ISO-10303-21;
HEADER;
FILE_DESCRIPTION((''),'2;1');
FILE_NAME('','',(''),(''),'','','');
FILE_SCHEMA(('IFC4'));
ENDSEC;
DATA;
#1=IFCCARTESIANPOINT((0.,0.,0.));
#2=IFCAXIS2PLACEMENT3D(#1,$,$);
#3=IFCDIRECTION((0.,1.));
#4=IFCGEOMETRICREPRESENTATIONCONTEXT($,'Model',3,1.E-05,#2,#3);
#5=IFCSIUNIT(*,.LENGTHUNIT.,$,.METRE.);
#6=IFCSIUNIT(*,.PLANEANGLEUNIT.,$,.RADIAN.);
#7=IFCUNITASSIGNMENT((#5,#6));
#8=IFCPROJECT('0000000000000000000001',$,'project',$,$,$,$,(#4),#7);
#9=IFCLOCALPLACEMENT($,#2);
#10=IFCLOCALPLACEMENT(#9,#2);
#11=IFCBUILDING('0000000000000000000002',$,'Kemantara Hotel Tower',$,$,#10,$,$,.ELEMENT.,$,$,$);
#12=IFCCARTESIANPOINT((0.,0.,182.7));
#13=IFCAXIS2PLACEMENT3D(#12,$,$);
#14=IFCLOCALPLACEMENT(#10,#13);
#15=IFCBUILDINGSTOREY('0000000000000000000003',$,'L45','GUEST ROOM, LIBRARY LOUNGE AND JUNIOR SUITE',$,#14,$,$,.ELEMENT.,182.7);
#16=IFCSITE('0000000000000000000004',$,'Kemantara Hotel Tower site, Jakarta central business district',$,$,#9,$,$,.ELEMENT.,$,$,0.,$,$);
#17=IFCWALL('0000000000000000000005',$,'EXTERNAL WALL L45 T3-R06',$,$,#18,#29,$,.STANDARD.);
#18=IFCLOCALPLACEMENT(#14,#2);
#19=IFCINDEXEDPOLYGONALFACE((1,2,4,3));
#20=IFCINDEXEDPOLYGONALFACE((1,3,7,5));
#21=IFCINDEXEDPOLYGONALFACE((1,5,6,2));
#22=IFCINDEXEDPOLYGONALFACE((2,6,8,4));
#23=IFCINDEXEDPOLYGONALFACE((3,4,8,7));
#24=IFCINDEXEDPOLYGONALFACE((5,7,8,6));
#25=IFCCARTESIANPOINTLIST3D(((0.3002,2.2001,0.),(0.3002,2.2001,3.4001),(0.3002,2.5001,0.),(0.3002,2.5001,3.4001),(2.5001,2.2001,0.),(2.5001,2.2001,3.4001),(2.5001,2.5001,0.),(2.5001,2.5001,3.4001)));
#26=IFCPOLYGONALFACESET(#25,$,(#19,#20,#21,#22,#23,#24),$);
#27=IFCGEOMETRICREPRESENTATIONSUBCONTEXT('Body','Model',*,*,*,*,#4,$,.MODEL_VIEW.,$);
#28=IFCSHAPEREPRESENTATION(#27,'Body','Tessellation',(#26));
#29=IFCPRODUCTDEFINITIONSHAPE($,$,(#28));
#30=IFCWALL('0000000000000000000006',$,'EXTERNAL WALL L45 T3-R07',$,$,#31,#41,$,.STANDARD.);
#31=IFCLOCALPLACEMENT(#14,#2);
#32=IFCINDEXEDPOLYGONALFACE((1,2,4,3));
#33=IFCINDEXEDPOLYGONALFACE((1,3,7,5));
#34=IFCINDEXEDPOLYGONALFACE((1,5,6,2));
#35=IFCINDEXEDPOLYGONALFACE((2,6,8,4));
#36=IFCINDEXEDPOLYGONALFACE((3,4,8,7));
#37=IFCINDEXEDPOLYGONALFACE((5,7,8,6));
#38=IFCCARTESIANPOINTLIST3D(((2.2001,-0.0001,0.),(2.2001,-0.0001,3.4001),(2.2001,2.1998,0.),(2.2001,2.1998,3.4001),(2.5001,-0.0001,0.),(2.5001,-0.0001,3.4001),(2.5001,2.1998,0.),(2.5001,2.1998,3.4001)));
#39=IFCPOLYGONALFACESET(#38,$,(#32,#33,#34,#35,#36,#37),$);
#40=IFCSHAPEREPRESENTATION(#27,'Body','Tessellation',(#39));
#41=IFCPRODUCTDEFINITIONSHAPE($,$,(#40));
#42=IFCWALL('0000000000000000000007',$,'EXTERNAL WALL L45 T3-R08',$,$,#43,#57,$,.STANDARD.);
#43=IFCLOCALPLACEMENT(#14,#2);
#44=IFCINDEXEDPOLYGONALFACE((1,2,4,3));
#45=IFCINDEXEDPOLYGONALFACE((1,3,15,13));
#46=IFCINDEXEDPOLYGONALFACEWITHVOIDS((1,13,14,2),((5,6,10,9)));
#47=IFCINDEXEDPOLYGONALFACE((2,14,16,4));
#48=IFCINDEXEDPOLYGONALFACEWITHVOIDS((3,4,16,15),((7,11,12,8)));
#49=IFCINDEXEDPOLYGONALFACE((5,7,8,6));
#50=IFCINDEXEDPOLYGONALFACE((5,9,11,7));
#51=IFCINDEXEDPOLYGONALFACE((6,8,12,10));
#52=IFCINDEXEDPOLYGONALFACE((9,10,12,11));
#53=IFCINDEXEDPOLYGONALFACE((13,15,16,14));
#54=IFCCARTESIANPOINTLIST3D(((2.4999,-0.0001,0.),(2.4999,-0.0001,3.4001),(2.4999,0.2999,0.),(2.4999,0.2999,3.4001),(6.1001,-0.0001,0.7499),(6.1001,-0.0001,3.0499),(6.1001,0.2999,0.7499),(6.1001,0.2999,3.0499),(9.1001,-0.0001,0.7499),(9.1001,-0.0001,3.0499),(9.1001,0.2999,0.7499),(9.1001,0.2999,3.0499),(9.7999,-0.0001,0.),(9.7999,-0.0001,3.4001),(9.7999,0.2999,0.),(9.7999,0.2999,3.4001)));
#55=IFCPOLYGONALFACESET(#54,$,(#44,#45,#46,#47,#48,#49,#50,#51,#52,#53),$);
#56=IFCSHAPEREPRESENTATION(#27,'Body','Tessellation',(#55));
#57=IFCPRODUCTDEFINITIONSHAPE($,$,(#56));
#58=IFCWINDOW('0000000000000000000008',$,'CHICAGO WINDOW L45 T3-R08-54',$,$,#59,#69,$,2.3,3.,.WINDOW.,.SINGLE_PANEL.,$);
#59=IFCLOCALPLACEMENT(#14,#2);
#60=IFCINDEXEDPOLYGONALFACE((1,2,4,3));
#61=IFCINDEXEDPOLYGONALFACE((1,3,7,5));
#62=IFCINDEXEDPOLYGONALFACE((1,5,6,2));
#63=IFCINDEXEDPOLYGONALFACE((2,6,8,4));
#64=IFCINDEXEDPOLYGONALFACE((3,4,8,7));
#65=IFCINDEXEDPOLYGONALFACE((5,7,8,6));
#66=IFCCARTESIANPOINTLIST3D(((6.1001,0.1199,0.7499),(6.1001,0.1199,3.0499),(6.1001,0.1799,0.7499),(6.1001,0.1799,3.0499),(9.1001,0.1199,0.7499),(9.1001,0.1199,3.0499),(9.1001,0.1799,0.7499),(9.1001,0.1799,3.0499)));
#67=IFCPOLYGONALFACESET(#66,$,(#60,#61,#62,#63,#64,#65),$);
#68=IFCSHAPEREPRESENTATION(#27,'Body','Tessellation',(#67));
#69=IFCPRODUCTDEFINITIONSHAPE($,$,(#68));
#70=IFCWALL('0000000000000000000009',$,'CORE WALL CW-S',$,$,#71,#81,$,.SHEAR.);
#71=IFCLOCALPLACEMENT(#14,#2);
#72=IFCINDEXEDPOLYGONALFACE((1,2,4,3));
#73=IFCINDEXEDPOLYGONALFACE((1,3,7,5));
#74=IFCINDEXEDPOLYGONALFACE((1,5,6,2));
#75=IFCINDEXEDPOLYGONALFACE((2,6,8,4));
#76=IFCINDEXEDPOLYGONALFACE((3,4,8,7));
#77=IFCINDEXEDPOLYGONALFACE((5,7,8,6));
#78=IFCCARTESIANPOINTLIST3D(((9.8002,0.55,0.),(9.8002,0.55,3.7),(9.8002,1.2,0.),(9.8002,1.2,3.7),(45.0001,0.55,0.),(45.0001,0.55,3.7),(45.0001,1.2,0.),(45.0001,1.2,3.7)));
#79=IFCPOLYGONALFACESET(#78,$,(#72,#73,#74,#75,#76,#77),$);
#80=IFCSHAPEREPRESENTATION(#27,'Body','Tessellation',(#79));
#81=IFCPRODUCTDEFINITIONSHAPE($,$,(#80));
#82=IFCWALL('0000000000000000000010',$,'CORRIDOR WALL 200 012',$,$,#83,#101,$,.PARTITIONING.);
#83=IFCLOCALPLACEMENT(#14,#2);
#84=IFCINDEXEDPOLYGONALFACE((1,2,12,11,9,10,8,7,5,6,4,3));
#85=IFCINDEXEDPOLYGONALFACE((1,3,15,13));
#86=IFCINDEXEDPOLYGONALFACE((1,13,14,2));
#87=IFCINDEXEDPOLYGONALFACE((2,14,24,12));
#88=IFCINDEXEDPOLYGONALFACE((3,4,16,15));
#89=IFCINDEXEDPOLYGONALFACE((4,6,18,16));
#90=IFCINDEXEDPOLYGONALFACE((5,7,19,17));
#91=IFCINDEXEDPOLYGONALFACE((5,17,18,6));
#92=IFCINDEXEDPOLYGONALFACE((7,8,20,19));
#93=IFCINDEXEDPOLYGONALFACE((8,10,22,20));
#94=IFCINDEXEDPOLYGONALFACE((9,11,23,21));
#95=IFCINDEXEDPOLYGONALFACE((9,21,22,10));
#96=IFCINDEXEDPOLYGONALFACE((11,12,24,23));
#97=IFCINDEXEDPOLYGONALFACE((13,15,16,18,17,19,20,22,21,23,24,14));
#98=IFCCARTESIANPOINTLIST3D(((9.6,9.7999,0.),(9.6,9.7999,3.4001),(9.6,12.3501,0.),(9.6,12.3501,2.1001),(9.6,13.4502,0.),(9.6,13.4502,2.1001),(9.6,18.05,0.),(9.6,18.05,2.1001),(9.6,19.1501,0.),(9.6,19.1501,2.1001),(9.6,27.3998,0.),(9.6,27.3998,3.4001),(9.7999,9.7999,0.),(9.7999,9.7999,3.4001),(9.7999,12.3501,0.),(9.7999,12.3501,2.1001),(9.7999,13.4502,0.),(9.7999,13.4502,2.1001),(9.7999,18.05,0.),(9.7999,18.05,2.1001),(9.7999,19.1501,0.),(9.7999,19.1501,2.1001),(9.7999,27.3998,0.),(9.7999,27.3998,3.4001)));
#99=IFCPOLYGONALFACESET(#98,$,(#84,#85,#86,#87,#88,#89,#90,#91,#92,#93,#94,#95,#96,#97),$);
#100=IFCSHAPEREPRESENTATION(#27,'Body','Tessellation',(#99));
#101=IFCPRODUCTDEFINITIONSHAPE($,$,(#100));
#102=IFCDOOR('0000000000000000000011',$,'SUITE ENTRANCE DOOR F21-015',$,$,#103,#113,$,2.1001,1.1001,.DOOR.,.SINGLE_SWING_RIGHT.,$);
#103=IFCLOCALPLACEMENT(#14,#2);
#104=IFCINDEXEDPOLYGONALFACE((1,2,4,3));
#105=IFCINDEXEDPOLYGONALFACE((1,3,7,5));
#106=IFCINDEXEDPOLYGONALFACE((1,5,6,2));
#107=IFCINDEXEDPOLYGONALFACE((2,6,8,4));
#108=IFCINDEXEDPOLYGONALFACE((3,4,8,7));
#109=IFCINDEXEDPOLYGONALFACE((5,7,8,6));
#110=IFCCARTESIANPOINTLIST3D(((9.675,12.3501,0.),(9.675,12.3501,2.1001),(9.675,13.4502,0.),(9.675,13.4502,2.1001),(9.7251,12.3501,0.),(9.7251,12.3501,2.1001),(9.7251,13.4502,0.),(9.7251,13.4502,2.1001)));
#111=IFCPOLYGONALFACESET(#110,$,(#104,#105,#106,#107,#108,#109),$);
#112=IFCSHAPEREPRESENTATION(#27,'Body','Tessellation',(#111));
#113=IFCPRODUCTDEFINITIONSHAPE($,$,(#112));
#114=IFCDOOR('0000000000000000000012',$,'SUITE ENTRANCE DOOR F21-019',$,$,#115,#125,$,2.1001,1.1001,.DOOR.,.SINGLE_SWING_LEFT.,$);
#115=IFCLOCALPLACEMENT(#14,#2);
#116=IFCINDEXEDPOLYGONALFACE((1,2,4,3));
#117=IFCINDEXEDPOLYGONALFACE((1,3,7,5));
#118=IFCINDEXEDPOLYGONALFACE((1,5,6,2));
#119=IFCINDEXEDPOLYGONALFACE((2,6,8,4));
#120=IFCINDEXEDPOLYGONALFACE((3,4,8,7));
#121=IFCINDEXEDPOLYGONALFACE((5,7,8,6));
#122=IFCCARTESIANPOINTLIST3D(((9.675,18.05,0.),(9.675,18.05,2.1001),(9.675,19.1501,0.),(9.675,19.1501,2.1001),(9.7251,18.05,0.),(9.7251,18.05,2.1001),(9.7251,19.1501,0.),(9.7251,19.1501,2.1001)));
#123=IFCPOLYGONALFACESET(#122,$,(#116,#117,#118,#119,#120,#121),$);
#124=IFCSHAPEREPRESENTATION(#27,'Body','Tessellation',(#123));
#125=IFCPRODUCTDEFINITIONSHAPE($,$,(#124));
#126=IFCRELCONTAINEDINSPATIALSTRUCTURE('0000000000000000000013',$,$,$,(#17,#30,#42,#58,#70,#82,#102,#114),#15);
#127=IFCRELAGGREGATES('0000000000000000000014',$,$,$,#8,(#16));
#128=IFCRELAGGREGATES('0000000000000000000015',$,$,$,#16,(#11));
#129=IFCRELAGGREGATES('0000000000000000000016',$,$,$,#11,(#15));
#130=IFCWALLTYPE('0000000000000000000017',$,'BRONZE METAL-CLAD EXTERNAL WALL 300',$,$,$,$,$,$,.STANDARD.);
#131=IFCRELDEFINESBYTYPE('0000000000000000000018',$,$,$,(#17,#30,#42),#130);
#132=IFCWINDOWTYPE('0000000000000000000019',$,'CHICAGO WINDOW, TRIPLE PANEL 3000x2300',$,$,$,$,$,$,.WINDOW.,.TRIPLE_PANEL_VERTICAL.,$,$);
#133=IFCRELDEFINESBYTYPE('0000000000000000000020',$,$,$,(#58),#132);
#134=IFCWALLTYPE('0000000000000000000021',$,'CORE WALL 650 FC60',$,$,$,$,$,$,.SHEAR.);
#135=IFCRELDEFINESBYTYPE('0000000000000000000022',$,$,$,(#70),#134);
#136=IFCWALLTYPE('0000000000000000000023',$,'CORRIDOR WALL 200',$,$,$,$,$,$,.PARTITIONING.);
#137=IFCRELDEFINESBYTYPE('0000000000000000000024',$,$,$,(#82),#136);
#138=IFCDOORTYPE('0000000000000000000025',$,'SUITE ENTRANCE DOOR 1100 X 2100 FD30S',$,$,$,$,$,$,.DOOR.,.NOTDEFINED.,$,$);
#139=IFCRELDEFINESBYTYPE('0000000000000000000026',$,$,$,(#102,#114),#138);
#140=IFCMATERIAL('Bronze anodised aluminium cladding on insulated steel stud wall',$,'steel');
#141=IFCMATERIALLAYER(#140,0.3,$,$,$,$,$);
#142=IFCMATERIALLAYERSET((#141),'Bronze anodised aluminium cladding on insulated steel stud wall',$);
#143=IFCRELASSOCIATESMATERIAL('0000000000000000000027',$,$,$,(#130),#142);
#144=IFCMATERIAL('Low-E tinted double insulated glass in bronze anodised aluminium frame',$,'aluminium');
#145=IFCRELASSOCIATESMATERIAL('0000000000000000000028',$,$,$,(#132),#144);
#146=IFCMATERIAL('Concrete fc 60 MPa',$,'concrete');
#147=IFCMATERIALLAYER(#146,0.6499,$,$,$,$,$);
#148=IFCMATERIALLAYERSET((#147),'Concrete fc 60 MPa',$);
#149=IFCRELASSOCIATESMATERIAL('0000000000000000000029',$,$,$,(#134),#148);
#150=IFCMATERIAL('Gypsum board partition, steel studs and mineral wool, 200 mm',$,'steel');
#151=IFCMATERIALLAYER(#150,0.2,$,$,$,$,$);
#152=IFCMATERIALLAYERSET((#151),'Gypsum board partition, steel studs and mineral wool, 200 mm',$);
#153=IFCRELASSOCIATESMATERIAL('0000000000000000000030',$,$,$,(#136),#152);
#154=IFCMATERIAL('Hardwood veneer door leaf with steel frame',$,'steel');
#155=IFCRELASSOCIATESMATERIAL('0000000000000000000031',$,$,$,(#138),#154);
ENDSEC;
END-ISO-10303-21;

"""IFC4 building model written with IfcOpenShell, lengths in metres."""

from ifc_helpers import new_model, si_unit, direction, frame, frame_2d, origin, place, context, subcontext, project, spatial, rectangle, extrude, material, layer, layer_set, type_object, element, fill, save


model = new_model("IFC4")

# Units and contexts
model_context = context("Model", 3, precision=1e-05, world=origin(), true_north=direction((0.0, 1.0)))
body_context = subcontext(model_context, "Body", "Model", "MODEL_VIEW")
ifc_project = project(units=[si_unit("LENGTHUNIT", "METRE"), si_unit("PLANEANGLEUNIT", "RADIAN")], contexts=[model_context])

# Site, building, storey
site_placement = place(None, origin())
site = spatial("IfcSite", under=ifc_project, at=site_placement, Name="Kemantara Hotel Tower site, Jakarta central business district", CompositionType="ELEMENT", RefElevation=0.0)
building_placement = place(site_placement, origin())
building = spatial("IfcBuilding", under=site, at=building_placement, Name="Kemantara Hotel Tower", CompositionType="ELEMENT")
storey_placement = place(building_placement, frame((0.0, 0.0, 182.7)))
storey = spatial("IfcBuildingStorey", under=building, at=storey_placement, Name="L45", Description="GUEST ROOM, LIBRARY LOUNGE AND JUNIOR SUITE", CompositionType="ELEMENT", Elevation=182.7)

# Shared definitions
ifc_material_1 = material(Name="Concrete fc 60 MPa", Category="concrete")

# Walls
ifc_material_2 = material(Name="Bronze anodised aluminium cladding on insulated steel stud wall", Category="steel")
ifc_layer_1 = layer(ifc_material_2, 0.3)
ifc_layer_set_1 = layer_set([ifc_layer_1], Name="Bronze anodised aluminium cladding on insulated steel stud wall")
wall_type_1 = type_object("IfcWallType", Name="BRONZE METAL-CLAD EXTERNAL WALL 300", PredefinedType="STANDARD", material=ifc_layer_set_1)
for number, where, z_axis, x_axis, name in (
    (1, (0.3, 2.3501, 0.0), (0.0, 0.0, 1.0), (1.0, 0.0, 0.0), "EXTERNAL WALL L45 T3-R06"),
    (2, (2.3501, 2.2, 0.0), (0.0, 0.0, 1.0), (0.0, -1.0, 0.0), "EXTERNAL WALL L45 T3-R07"),
):
    element("IfcWall", number, at=place(storey_placement, frame(where, z_axis=z_axis, x_axis=x_axis)), inside=storey, type_object=wall_type_1, Name=name, PredefinedType="STANDARD", context=body_context, shape_type="SweptSolid", body=[
        extrude(rectangle(XDim=2.2, YDim=0.3, at=frame_2d((1.1001, 0.0))), origin(), (0.0, 0.0, 1.0), 3.4001),
    ])

# Wall, opening, window
wall_1_placement = place(storey_placement, frame((2.5, 0.1499, 0.0), z_axis=(0.0, 0.0, 1.0), x_axis=(1.0, 0.0, 0.0)))
wall_1 = element("IfcWall", 3, at=wall_1_placement, inside=storey, type_object=wall_type_1, Name="EXTERNAL WALL L45 T3-R08", PredefinedType="STANDARD", context=body_context, shape_type="SweptSolid", body=[
    extrude(rectangle(XDim=7.3, YDim=0.3, at=frame_2d((3.6499, 0.0))), origin(), (0.0, 0.0, 1.0), 3.4001),
])
opening_1_placement = place(wall_1_placement, frame((3.6001, 0.0, 0.75)))
opening_1 = element("IfcOpeningElement", 4, at=opening_1_placement, cuts=wall_1, PredefinedType="OPENING", context=body_context, shape_type="SweptSolid", body=[
    extrude(rectangle(XDim=3.0, YDim=2.3, at=frame_2d((1.5, 1.1499))), frame((0.0, 0.1599, 0.0), z_axis=(0.0, -1.0, 0.0), x_axis=(1.0, 0.0, 0.0)), (0.0, 0.0, 1.0), 0.3201),
])
ifc_material_3 = material(Name="Low-E tinted double insulated glass in bronze anodised aluminium frame", Category="aluminium")
window_type = type_object("IfcWindowType", Name="CHICAGO WINDOW, TRIPLE PANEL 3000x2300", PartitioningType="TRIPLE_PANEL_VERTICAL", PredefinedType="WINDOW", material=ifc_material_3)
window_placement = place(opening_1_placement, origin())
window = element("IfcWindow", 5, at=window_placement, inside=storey, type_object=window_type, Name="CHICAGO WINDOW L45 T3-R08-54", OverallHeight=2.3, OverallWidth=3.0, PartitioningType="SINGLE_PANEL", PredefinedType="WINDOW", context=body_context, shape_type="SweptSolid", body=[
    extrude(rectangle(XDim=3.0, YDim=2.3, at=frame_2d((1.5, 1.1499))), frame((0.0, 0.03, 0.0), z_axis=(0.0, -1.0, 0.0), x_axis=(1.0, 0.0, 0.0)), (0.0, 0.0, 1.0), 0.0601),
])
fill(opening_1, window)

# Wall
ifc_layer_2 = layer(ifc_material_1, 0.6499)
ifc_layer_set_2 = layer_set([ifc_layer_2], Name="Concrete fc 60 MPa")
wall_type_2 = type_object("IfcWallType", Name="CORE WALL 650 FC60", PredefinedType="SHEAR", material=ifc_layer_set_2)
wall_2_placement = place(storey_placement, frame((9.8, 0.875, 0.0), z_axis=(0.0, 0.0, 1.0), x_axis=(1.0, 0.0, 0.0)))
element("IfcWall", 6, at=wall_2_placement, inside=storey, type_object=wall_type_2, Name="CORE WALL CW-S", PredefinedType="SHEAR", context=body_context, shape_type="SweptSolid", body=[
    extrude(rectangle(XDim=35.2, YDim=0.6499, at=frame_2d((17.6001, 0.0))), origin(), (0.0, 0.0, 1.0), 3.7),
])

# Wall, openings, doors
ifc_material_4 = material(Name="Gypsum board partition, steel studs and mineral wool, 200 mm", Category="steel")
ifc_layer_3 = layer(ifc_material_4, 0.2)
ifc_layer_set_3 = layer_set([ifc_layer_3], Name="Gypsum board partition, steel studs and mineral wool, 200 mm")
wall_type_3 = type_object("IfcWallType", Name="CORRIDOR WALL 200", PredefinedType="PARTITIONING", material=ifc_layer_set_3)
wall_3_placement = place(storey_placement, frame((9.7, 9.8, 0.0), z_axis=(0.0, 0.0, 1.0), x_axis=(0.0, 1.0, 0.0)))
wall_3 = element("IfcWall", 7, at=wall_3_placement, inside=storey, type_object=wall_type_3, Name="CORRIDOR WALL 200 012", PredefinedType="PARTITIONING", context=body_context, shape_type="SweptSolid", body=[
    extrude(rectangle(XDim=17.5999, YDim=0.2, at=frame_2d((8.7998, 0.0))), origin(), (0.0, 0.0, 1.0), 3.4001),
])
opening_2_placement = place(wall_3_placement, frame((2.55, 0.0, 0.0)))
opening_2 = element("IfcOpeningElement", 8, at=opening_2_placement, cuts=wall_3, PredefinedType="OPENING", context=body_context, shape_type="SweptSolid", body=[
    extrude(rectangle(XDim=1.1001, YDim=2.1001, at=frame_2d((0.55, 1.05))), frame((0.0, 0.1099, 0.0), z_axis=(0.0, -1.0, 0.0), x_axis=(1.0, 0.0, 0.0)), (0.0, 0.0, 1.0), 0.22),
])
opening_3_placement = place(wall_3_placement, frame((8.25, 0.0, 0.0)))
opening_3 = element("IfcOpeningElement", 9, at=opening_3_placement, cuts=wall_3, PredefinedType="OPENING", context=body_context, shape_type="SweptSolid", body=[
    extrude(rectangle(XDim=1.1001, YDim=2.1001, at=frame_2d((0.55, 1.05))), frame((0.0, 0.1099, 0.0), z_axis=(0.0, -1.0, 0.0), x_axis=(1.0, 0.0, 0.0)), (0.0, 0.0, 1.0), 0.22),
])
ifc_material_5 = material(Name="Hardwood veneer door leaf with steel frame", Category="steel")
door_type_1 = type_object("IfcDoorType", Name="SUITE ENTRANCE DOOR 1100 X 2100 FD30S", OperationType="NOTDEFINED", PredefinedType="DOOR", material=ifc_material_5)
door_1_placement = place(opening_2_placement, origin())
door_1 = element("IfcDoor", 10, at=door_1_placement, inside=storey, type_object=door_type_1, Name="SUITE ENTRANCE DOOR F21-015", OperationType="SINGLE_SWING_RIGHT", OverallHeight=2.1001, OverallWidth=1.1001, PredefinedType="DOOR", context=body_context, shape_type="SweptSolid", body=[
    extrude(rectangle(XDim=1.1001, YDim=2.1001, at=frame_2d((0.55, 1.05))), frame((0.0, 0.0249, 0.0), z_axis=(0.0, -1.0, 0.0), x_axis=(1.0, 0.0, 0.0)), (0.0, 0.0, 1.0), 0.05),
])
fill(opening_2, door_1)
door_2_placement = place(opening_3_placement, origin())
door_2 = element("IfcDoor", 11, at=door_2_placement, inside=storey, type_object=door_type_1, Name="SUITE ENTRANCE DOOR F21-019", OperationType="SINGLE_SWING_LEFT", OverallHeight=2.1001, OverallWidth=1.1001, PredefinedType="DOOR", context=body_context, shape_type="SweptSolid", body=[
    extrude(rectangle(XDim=1.1001, YDim=2.1001, at=frame_2d((0.55, 1.05))), frame((0.0, 0.0249, 0.0), z_axis=(0.0, -1.0, 0.0), x_axis=(1.0, 0.0, 0.0)), (0.0, 0.0, 1.0), 0.05),
])
fill(opening_3, door_2)

save(model, "model.ifc")
